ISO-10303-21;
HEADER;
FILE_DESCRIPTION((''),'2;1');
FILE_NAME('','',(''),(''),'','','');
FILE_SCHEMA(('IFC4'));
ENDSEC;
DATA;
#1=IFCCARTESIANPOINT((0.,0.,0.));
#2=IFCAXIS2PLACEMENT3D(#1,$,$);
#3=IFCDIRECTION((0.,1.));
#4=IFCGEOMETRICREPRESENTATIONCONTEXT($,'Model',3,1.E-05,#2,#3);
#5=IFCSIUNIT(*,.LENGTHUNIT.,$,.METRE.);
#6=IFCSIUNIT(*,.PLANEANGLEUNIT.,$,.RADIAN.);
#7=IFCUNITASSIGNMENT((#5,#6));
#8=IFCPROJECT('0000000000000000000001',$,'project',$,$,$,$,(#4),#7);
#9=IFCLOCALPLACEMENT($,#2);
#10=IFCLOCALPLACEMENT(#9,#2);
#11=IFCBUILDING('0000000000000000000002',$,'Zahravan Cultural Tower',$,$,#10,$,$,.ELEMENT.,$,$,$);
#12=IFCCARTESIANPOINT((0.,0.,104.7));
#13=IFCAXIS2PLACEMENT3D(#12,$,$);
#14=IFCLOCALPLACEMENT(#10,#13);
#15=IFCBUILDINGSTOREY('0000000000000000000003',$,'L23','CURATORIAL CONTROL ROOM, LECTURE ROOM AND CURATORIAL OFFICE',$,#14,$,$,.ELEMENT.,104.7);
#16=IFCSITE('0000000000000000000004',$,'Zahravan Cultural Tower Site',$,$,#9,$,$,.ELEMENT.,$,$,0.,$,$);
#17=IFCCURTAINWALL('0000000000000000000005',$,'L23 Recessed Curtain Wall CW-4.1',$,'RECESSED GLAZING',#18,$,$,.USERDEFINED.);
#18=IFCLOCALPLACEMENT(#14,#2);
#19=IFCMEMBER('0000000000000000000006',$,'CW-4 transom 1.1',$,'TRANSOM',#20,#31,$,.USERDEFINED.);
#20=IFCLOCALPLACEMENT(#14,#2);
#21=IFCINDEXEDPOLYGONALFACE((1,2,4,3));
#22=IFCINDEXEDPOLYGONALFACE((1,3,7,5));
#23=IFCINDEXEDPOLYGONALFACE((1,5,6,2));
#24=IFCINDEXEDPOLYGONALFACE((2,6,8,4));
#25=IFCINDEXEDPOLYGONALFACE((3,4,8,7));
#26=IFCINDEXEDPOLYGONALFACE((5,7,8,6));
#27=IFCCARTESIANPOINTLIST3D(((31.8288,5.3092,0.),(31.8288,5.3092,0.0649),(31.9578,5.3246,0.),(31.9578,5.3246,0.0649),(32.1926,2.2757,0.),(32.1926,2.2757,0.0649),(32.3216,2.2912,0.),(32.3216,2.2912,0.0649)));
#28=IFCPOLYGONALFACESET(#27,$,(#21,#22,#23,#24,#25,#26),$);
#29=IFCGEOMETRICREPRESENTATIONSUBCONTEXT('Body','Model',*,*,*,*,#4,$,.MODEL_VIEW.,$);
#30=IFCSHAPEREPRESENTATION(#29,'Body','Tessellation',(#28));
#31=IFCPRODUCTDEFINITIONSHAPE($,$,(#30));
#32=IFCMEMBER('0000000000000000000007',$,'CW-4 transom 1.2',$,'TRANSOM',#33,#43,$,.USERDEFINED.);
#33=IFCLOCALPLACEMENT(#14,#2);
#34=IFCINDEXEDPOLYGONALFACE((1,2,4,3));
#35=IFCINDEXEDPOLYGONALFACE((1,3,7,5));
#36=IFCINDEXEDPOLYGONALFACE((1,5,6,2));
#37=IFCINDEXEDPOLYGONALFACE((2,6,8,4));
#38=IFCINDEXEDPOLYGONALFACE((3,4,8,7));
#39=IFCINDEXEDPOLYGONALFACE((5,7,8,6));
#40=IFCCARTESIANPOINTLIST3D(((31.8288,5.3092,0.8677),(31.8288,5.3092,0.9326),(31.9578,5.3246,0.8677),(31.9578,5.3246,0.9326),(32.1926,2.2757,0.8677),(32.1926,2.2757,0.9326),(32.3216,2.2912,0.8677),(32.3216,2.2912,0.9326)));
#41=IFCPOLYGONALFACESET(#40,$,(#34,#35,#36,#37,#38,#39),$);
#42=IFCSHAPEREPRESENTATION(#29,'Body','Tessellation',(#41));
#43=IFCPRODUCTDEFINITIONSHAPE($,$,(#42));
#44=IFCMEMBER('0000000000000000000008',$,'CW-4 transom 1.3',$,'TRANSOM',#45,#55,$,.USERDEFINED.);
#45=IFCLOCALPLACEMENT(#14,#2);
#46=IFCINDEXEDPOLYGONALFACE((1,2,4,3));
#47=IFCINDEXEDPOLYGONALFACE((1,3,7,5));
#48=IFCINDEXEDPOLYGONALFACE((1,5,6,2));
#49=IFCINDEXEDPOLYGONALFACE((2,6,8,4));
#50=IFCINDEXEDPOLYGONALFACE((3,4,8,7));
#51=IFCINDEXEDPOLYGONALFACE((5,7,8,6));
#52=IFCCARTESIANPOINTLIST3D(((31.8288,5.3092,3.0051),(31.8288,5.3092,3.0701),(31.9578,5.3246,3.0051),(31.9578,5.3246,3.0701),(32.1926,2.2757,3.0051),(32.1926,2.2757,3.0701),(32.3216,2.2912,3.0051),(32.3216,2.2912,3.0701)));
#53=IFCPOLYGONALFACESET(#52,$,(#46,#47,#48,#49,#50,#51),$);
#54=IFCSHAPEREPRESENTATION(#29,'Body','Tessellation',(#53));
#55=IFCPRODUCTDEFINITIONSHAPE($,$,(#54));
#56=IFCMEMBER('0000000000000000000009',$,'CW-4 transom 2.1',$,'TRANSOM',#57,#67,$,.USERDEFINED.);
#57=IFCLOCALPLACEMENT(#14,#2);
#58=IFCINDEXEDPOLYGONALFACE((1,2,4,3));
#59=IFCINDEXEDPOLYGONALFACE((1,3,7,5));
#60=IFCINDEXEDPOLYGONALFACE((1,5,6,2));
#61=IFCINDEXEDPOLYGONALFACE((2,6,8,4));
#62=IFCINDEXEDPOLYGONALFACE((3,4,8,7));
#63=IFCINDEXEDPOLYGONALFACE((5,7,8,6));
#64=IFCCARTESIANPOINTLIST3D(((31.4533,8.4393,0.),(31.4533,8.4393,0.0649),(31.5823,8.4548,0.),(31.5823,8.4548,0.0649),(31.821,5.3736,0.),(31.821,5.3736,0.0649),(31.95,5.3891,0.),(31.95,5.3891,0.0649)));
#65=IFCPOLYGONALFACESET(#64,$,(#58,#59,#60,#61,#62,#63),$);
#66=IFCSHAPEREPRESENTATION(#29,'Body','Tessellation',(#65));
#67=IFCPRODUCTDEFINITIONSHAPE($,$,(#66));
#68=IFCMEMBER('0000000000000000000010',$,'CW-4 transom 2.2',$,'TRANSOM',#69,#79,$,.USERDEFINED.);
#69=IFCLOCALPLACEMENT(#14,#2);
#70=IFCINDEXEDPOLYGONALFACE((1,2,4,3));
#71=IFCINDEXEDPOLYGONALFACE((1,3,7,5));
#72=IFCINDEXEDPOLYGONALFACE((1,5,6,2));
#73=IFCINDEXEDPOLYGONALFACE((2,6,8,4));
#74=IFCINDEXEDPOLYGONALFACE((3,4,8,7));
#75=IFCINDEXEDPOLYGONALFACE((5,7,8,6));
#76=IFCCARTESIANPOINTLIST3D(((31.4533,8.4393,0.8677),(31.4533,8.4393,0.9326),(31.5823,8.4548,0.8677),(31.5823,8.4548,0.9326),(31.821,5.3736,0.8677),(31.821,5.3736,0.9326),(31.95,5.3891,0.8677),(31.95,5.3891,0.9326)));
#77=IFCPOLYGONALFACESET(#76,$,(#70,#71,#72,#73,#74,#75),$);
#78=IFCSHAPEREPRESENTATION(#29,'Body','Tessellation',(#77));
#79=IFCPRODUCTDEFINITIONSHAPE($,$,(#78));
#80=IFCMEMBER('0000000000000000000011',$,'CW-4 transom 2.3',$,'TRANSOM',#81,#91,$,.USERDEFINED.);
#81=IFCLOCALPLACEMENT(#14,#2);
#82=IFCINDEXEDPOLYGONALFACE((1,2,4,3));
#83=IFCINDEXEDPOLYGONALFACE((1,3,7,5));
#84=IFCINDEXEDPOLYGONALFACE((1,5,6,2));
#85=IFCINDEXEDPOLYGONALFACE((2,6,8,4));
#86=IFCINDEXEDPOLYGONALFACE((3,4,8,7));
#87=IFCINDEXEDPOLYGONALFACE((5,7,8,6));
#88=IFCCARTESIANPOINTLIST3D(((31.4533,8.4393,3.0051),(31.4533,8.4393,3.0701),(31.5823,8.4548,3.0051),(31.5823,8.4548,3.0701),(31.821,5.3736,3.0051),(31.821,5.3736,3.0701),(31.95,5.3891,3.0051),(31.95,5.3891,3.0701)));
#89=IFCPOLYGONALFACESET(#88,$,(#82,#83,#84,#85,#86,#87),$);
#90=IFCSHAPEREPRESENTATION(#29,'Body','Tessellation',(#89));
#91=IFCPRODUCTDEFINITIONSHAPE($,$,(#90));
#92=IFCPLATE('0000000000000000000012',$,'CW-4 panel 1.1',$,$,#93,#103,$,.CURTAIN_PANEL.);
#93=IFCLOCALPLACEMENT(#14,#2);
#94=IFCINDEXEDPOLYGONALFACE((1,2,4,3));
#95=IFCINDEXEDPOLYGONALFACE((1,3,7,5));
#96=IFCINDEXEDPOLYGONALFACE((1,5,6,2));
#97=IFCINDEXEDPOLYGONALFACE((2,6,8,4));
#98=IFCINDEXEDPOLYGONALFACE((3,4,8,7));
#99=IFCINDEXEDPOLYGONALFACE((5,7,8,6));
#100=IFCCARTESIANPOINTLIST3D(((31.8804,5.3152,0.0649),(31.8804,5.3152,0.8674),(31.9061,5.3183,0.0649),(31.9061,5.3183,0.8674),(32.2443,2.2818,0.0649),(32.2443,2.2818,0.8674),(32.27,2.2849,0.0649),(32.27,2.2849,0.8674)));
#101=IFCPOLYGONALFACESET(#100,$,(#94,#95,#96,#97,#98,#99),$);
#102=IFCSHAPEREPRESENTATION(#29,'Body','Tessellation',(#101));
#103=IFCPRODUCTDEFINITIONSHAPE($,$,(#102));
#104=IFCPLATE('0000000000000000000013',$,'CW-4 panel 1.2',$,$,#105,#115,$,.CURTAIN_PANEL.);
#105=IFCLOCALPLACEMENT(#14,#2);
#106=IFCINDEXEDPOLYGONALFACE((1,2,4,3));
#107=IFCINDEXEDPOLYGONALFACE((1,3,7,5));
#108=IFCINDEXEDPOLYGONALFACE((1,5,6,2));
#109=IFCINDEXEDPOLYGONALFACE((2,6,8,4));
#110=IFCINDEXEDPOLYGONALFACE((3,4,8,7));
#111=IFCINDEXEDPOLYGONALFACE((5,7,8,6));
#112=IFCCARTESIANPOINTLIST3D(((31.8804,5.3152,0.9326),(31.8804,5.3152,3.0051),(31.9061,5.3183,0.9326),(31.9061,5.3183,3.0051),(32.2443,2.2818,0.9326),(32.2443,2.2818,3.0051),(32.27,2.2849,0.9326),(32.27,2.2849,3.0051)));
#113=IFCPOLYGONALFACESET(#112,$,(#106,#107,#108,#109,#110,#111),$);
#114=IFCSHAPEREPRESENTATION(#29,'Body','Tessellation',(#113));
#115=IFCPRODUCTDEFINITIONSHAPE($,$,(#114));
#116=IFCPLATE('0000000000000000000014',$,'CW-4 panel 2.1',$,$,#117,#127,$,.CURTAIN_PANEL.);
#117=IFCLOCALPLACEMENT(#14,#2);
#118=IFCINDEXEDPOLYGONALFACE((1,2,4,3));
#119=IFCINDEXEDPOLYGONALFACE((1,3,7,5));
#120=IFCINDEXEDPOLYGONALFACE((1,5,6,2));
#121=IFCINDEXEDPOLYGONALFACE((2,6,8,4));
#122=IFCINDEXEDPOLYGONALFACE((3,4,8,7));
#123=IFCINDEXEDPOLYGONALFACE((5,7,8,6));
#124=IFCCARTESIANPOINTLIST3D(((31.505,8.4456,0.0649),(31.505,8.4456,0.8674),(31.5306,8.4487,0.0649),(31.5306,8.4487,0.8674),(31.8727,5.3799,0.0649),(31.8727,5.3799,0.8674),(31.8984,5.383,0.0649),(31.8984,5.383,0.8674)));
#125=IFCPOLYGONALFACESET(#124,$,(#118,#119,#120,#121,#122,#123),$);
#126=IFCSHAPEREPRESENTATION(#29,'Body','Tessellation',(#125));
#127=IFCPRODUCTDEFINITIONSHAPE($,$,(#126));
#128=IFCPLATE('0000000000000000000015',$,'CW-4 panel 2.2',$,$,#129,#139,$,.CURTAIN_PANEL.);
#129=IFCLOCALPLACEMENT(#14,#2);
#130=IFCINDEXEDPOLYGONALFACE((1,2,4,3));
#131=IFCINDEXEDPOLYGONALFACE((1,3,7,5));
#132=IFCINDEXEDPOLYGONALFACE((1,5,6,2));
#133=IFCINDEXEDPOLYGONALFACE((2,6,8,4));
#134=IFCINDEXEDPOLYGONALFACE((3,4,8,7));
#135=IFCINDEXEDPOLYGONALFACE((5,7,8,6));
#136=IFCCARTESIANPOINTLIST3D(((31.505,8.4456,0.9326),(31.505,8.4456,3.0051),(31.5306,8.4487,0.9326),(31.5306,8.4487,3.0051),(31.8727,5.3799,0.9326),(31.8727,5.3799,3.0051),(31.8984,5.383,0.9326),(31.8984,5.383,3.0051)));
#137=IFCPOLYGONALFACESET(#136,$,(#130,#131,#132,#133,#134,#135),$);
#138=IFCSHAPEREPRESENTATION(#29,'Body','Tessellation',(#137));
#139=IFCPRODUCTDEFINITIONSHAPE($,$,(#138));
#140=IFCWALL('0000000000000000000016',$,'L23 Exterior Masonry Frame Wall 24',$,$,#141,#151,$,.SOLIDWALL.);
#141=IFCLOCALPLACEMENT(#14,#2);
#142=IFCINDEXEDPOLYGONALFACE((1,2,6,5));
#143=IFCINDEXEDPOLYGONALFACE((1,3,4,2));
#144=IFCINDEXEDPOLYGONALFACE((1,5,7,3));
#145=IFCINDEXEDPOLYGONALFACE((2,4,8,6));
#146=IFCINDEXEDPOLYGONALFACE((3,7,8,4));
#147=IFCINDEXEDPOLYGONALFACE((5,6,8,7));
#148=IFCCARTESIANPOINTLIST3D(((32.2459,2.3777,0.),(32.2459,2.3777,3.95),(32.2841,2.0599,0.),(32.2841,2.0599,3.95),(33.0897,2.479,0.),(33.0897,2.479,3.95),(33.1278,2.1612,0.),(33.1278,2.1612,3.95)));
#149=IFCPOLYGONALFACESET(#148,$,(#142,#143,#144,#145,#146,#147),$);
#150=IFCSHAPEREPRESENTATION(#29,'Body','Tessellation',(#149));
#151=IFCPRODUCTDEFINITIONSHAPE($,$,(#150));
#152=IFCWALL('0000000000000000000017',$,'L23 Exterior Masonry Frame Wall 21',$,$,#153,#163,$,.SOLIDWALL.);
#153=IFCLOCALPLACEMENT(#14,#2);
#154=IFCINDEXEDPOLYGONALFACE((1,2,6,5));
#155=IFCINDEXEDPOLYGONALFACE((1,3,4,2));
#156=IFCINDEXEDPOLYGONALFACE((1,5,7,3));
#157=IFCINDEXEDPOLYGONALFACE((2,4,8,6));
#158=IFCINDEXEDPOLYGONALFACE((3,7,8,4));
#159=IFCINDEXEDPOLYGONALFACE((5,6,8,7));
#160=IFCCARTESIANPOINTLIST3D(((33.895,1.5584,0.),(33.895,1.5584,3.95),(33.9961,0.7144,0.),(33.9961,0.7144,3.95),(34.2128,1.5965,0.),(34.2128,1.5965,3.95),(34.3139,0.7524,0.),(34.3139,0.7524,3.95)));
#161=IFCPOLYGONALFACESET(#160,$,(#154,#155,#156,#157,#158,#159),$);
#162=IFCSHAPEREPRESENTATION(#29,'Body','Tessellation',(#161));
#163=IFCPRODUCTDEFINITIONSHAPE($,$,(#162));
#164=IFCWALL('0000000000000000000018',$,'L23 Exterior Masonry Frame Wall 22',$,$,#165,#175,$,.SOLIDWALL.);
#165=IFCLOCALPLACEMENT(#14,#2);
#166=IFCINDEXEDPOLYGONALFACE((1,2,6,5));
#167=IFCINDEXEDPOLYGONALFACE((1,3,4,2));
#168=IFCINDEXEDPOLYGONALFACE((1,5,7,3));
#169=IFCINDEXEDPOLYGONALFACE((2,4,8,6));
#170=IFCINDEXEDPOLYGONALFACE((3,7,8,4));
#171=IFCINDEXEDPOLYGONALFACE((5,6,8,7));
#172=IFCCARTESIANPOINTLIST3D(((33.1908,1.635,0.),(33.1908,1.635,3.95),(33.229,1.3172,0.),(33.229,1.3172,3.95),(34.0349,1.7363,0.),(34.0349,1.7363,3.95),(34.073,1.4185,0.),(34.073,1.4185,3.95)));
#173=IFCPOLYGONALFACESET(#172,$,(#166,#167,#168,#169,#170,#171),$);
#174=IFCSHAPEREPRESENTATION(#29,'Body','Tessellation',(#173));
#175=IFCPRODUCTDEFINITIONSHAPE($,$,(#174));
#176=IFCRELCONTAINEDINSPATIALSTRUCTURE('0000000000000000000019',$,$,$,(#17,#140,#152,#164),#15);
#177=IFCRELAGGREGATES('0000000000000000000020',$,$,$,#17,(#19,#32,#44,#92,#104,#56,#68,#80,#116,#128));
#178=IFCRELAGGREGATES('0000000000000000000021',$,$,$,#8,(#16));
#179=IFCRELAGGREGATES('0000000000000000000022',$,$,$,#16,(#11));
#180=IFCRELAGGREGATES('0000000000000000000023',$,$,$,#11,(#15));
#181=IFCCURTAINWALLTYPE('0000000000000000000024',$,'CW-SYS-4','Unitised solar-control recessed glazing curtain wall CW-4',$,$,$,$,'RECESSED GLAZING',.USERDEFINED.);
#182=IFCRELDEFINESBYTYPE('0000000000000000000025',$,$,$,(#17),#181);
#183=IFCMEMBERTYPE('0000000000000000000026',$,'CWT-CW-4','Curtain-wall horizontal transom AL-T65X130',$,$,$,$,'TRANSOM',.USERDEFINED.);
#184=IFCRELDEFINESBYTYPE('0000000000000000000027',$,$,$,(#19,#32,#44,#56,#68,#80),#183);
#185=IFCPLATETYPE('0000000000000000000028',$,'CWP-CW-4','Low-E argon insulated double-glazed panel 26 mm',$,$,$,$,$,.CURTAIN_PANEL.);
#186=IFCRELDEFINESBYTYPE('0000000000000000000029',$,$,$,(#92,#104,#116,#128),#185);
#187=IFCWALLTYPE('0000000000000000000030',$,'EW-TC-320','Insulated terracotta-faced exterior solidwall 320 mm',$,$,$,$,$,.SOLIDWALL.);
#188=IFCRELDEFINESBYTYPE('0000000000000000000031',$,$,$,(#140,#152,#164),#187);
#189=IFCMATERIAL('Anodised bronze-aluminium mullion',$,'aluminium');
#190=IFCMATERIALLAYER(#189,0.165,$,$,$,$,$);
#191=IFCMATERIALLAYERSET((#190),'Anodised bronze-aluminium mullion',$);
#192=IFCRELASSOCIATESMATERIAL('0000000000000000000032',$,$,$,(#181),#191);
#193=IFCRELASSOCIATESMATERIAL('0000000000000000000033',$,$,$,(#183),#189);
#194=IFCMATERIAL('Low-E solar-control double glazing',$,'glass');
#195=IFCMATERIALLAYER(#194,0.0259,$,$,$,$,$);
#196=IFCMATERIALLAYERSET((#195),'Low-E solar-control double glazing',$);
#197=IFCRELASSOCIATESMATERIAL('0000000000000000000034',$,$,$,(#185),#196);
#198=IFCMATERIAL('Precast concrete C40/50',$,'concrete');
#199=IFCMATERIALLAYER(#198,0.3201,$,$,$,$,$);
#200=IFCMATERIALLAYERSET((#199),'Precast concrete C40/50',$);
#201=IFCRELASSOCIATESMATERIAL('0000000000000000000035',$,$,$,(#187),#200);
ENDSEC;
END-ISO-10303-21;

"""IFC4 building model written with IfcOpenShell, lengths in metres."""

from ifc_helpers import new_model, si_unit, direction, frame, frame_2d, origin, origin_2d, place, context, subcontext, project, spatial, rectangle, extrude, source, transform, mapped, material, layer, layer_set, material_profile, profile_set, type_object, element, aggregate, save


model = new_model("IFC4")

# Units and contexts
model_context = context("Model", 3, precision=1e-05, world=origin(), true_north=direction((0.0, 1.0)))
body_context = subcontext(model_context, "Body", "Model", "MODEL_VIEW")
ifc_project = project(units=[si_unit("LENGTHUNIT", "METRE"), si_unit("PLANEANGLEUNIT", "RADIAN")], contexts=[model_context])

# Site, building, storey
site_placement = place(None, origin())
site = spatial("IfcSite", under=ifc_project, at=site_placement, Name="Zahravan Cultural Tower Site", CompositionType="ELEMENT", RefElevation=0.0)
building_placement = place(site_placement, origin())
building = spatial("IfcBuilding", under=site, at=building_placement, Name="Zahravan Cultural Tower", CompositionType="ELEMENT")
storey_placement = place(building_placement, frame((0.0, 0.0, 104.7)))
storey = spatial("IfcBuildingStorey", under=building, at=storey_placement, Name="L23", Description="CURATORIAL CONTROL ROOM, LECTURE ROOM AND CURATORIAL OFFICE", CompositionType="ELEMENT", Elevation=104.7)

# Curtain wall, members, plates
ifc_material_1 = material(Name="Anodised bronze-aluminium mullion", Category="aluminium")
ifc_layer_1 = layer(ifc_material_1, 0.165)
ifc_layer_set_1 = layer_set([ifc_layer_1], Name="Anodised bronze-aluminium mullion")
curtain_wall_type = type_object("IfcCurtainWallType", Name="CW-SYS-4", Description="Unitised solar-control recessed glazing curtain wall CW-4", ElementType="RECESSED GLAZING", PredefinedType="USERDEFINED", material=ifc_layer_set_1)
curtain_wall_placement = place(storey_placement, origin())
curtain_wall = element("IfcCurtainWall", 1, at=curtain_wall_placement, inside=storey, type_object=curtain_wall_type, Name="L23 Recessed Curtain Wall CW-4.1", ObjectType="RECESSED GLAZING", PredefinedType="USERDEFINED")
ifc_material_profile_1 = material_profile(ifc_material_1, rectangle(XDim=0.1299, YDim=0.0649, at=origin_2d()), Name="AL-T65X130")
ifc_profile_set_1 = profile_set([ifc_material_profile_1], Name="Anodised bronze-aluminium mullion")
member_type_1 = type_object("IfcMemberType", Name="CWT-CW-4", Description="Curtain-wall horizontal transom AL-T65X130", ElementType="TRANSOM", PredefinedType="USERDEFINED", material=ifc_profile_set_1)
shared_shape_1 = source(origin(), body_context, "Body", "SweptSolid", [
    extrude(rectangle(XDim=0.1299, YDim=0.0649, at=origin_2d()), origin(), (0.0, 0.0, 1.0), 3.0552),
])
member_1_placement = place(storey_placement, frame((32.2571, 2.2834, 0.0325), z_axis=(-0.119066, 0.992886, 0.0), x_axis=(-0.992886, -0.119066, 0.0)))
member_1 = element("IfcMember", 2, at=member_1_placement, type_object=member_type_1, Name="CW-4 transom 1.1", ObjectType="TRANSOM", PredefinedType="USERDEFINED", context=body_context, shape_type="MappedRepresentation", body=[
    mapped(shared_shape_1, transform((0.0, 0.0, 0.0), x_axis=(1.0, 0.0, 0.0), y_axis=(0.0, 1.0, 0.0), z_axis=(0.0, 0.0, 1.0), scale=1.0)),
])
member_2_placement = place(storey_placement, frame((32.2571, 2.2834, 0.9001), z_axis=(-0.119066, 0.992886, 0.0), x_axis=(-0.992886, -0.119066, 0.0)))
member_2 = element("IfcMember", 3, at=member_2_placement, type_object=member_type_1, Name="CW-4 transom 1.2", ObjectType="TRANSOM", PredefinedType="USERDEFINED", context=body_context, shape_type="MappedRepresentation", body=[
    mapped(shared_shape_1, transform((0.0, 0.0, 0.0), x_axis=(1.0, 0.0, 0.0), y_axis=(0.0, 1.0, 0.0), z_axis=(0.0, 0.0, 1.0), scale=1.0)),
])
member_3_placement = place(storey_placement, frame((32.2571, 2.2834, 3.0376), z_axis=(-0.119066, 0.992886, 0.0), x_axis=(-0.992886, -0.119066, 0.0)))
member_3 = element("IfcMember", 4, at=member_3_placement, type_object=member_type_1, Name="CW-4 transom 1.3", ObjectType="TRANSOM", PredefinedType="USERDEFINED", context=body_context, shape_type="MappedRepresentation", body=[
    mapped(shared_shape_1, transform((0.0, 0.0, 0.0), x_axis=(1.0, 0.0, 0.0), y_axis=(0.0, 1.0, 0.0), z_axis=(0.0, 0.0, 1.0), scale=1.0)),
])
shared_shape_2 = source(origin(), body_context, "Body", "SweptSolid", [
    extrude(rectangle(XDim=0.1299, YDim=0.0649, at=origin_2d()), origin(), (0.0, 0.0, 1.0), 3.0876),
])
member_4_placement = place(storey_placement, frame((31.8855, 5.3813, 0.0325), z_axis=(-0.11908, 0.992885, 0.0), x_axis=(-0.992885, -0.11908, 0.0)))
member_4 = element("IfcMember", 5, at=member_4_placement, type_object=member_type_1, Name="CW-4 transom 2.1", ObjectType="TRANSOM", PredefinedType="USERDEFINED", context=body_context, shape_type="MappedRepresentation", body=[
    mapped(shared_shape_2, transform((0.0, 0.0, 0.0), x_axis=(1.0, 0.0, 0.0), y_axis=(0.0, 1.0, 0.0), z_axis=(0.0, 0.0, 1.0), scale=1.0)),
])
member_5_placement = place(storey_placement, frame((31.8855, 5.3813, 0.9001), z_axis=(-0.11908, 0.992885, 0.0), x_axis=(-0.992885, -0.11908, 0.0)))
member_5 = element("IfcMember", 6, at=member_5_placement, type_object=member_type_1, Name="CW-4 transom 2.2", ObjectType="TRANSOM", PredefinedType="USERDEFINED", context=body_context, shape_type="MappedRepresentation", body=[
    mapped(shared_shape_2, transform((0.0, 0.0, 0.0), x_axis=(1.0, 0.0, 0.0), y_axis=(0.0, 1.0, 0.0), z_axis=(0.0, 0.0, 1.0), scale=1.0)),
])
member_6_placement = place(storey_placement, frame((31.8855, 5.3813, 3.0376), z_axis=(-0.11908, 0.992885, 0.0), x_axis=(-0.992885, -0.11908, 0.0)))
member_6 = element("IfcMember", 7, at=member_6_placement, type_object=member_type_1, Name="CW-4 transom 2.3", ObjectType="TRANSOM", PredefinedType="USERDEFINED", context=body_context, shape_type="MappedRepresentation", body=[
    mapped(shared_shape_2, transform((0.0, 0.0, 0.0), x_axis=(1.0, 0.0, 0.0), y_axis=(0.0, 1.0, 0.0), z_axis=(0.0, 0.0, 1.0), scale=1.0)),
])
ifc_material_2 = material(Name="Low-E solar-control double glazing", Category="glass")
ifc_layer_2 = layer(ifc_material_2, 0.0259)
ifc_layer_set_2 = layer_set([ifc_layer_2], Name="Low-E solar-control double glazing")
plate_type = type_object("IfcPlateType", Name="CWP-CW-4", Description="Low-E argon insulated double-glazed panel 26 mm", PredefinedType="CURTAIN_PANEL", material=ifc_layer_set_2)
shared_shape_3 = source(origin(), body_context, "Body", "SweptSolid", [
    extrude(rectangle(XDim=3.0552, YDim=0.0259, at=origin_2d()), origin(), (0.0, 0.0, 1.0), 0.8025),
])
plate_1_placement = place(storey_placement, frame((32.0752, 3.8, 0.0649), z_axis=(0.0, 0.0, 1.0), x_axis=(-0.119095, 0.992883, 0.0)))
plate_1 = element("IfcPlate", 8, at=plate_1_placement, type_object=plate_type, Name="CW-4 panel 1.1", PredefinedType="CURTAIN_PANEL", context=body_context, shape_type="MappedRepresentation", body=[
    mapped(shared_shape_3, transform((0.0, 0.0, 0.0), x_axis=(1.0, 0.0, 0.0), y_axis=(0.0, 1.0, 0.0), z_axis=(0.0, 0.0, 1.0), scale=1.0)),
])
shared_shape_4 = source(origin(), body_context, "Body", "SweptSolid", [
    extrude(rectangle(XDim=3.0552, YDim=0.0259, at=origin_2d()), origin(), (0.0, 0.0, 1.0), 2.0725),
])
plate_2_placement = place(storey_placement, frame((32.0752, 3.8, 0.9326), z_axis=(0.0, 0.0, 1.0), x_axis=(-0.119095, 0.992883, 0.0)))
plate_2 = element("IfcPlate", 9, at=plate_2_placement, type_object=plate_type, Name="CW-4 panel 1.2", PredefinedType="CURTAIN_PANEL", context=body_context, shape_type="MappedRepresentation", body=[
    mapped(shared_shape_4, transform((0.0, 0.0, 0.0), x_axis=(1.0, 0.0, 0.0), y_axis=(0.0, 1.0, 0.0), z_axis=(0.0, 0.0, 1.0), scale=1.0)),
])
shared_shape_5 = source(origin(), body_context, "Body", "SweptSolid", [
    extrude(rectangle(XDim=3.0876, YDim=0.0259, at=origin_2d()), origin(), (0.0, 0.0, 1.0), 0.8025),
])
plate_3_placement = place(storey_placement, frame((31.7017, 6.9143, 0.0649), z_axis=(0.0, 0.0, 1.0), x_axis=(-0.119095, 0.992883, 0.0)))
plate_3 = element("IfcPlate", 10, at=plate_3_placement, type_object=plate_type, Name="CW-4 panel 2.1", PredefinedType="CURTAIN_PANEL", context=body_context, shape_type="MappedRepresentation", body=[
    mapped(shared_shape_5, transform((0.0, 0.0, 0.0), x_axis=(1.0, 0.0, 0.0), y_axis=(0.0, 1.0, 0.0), z_axis=(0.0, 0.0, 1.0), scale=1.0)),
])
shared_shape_6 = source(origin(), body_context, "Body", "SweptSolid", [
    extrude(rectangle(XDim=3.0876, YDim=0.0259, at=origin_2d()), origin(), (0.0, 0.0, 1.0), 2.0725),
])
plate_4_placement = place(storey_placement, frame((31.7017, 6.9143, 0.9326), z_axis=(0.0, 0.0, 1.0), x_axis=(-0.119095, 0.992883, 0.0)))
plate_4 = element("IfcPlate", 11, at=plate_4_placement, type_object=plate_type, Name="CW-4 panel 2.2", PredefinedType="CURTAIN_PANEL", context=body_context, shape_type="MappedRepresentation", body=[
    mapped(shared_shape_6, transform((0.0, 0.0, 0.0), x_axis=(1.0, 0.0, 0.0), y_axis=(0.0, 1.0, 0.0), z_axis=(0.0, 0.0, 1.0), scale=1.0)),
])
aggregate(curtain_wall, [member_1, member_2, member_3, plate_1, plate_2, member_4, member_5, member_6, plate_3, plate_4])

# Walls
ifc_material_3 = material(Name="Precast concrete C40/50", Category="concrete")
ifc_layer_3 = layer(ifc_material_3, 0.3201)
ifc_layer_set_3 = layer_set([ifc_layer_3], Name="Precast concrete C40/50")
wall_type_1 = type_object("IfcWallType", Name="EW-TC-320", Description="Insulated terracotta-faced exterior solidwall 320 mm", PredefinedType="SOLIDWALL", material=ifc_layer_set_3)
shared_shape_7 = source(origin(), body_context, "Body", "SweptSolid", [
    extrude(rectangle(XDim=0.8499, YDim=0.3201, at=frame_2d((0.4248, 0.0))), origin(), (0.0, 0.0, 1.0), 3.95),
])
wall_1_placement = place(storey_placement, frame((33.1086, 2.3201, 0.0), z_axis=(0.0, 0.0, 1.0), x_axis=(-0.992867, -0.119225, 0.0)))
element("IfcWall", 12, at=wall_1_placement, inside=storey, type_object=wall_type_1, Name="L23 Exterior Masonry Frame Wall 24", PredefinedType="SOLIDWALL", context=body_context, shape_type="MappedRepresentation", body=[
    mapped(shared_shape_7, transform((0.0, 0.0, 0.0), x_axis=(1.0, 0.0, 0.0), y_axis=(0.0, 1.0, 0.0), z_axis=(0.0, 0.0, 1.0), scale=1.0)),
])
shared_shape_8 = source(origin(), body_context, "Body", "SweptSolid", [
    extrude(rectangle(XDim=0.8501, YDim=0.3201, at=frame_2d((0.425, 0.0))), origin(), (0.0, 0.0, 1.0), 3.95),
])
for number, where, z_axis, x_axis, name in (
    (13, (34.155, 0.7334, 0.0), (0.0, 0.0, 1.0), (-0.118907, 0.992905, 0.0), "L23 Exterior Masonry Frame Wall 21"),
    (14, (34.054, 1.5774, 0.0), (0.0, 0.0, 1.0), (-0.992871, -0.119191, 0.0), "L23 Exterior Masonry Frame Wall 22"),
):
    element("IfcWall", number, at=place(storey_placement, frame(where, z_axis=z_axis, x_axis=x_axis)), inside=storey, type_object=wall_type_1, Name=name, PredefinedType="SOLIDWALL", context=body_context, shape_type="MappedRepresentation", body=[
        mapped(shared_shape_8, transform((0.0, 0.0, 0.0), x_axis=(1.0, 0.0, 0.0), y_axis=(0.0, 1.0, 0.0), z_axis=(0.0, 0.0, 1.0), scale=1.0)),
    ])

save(model, "model.ifc")
